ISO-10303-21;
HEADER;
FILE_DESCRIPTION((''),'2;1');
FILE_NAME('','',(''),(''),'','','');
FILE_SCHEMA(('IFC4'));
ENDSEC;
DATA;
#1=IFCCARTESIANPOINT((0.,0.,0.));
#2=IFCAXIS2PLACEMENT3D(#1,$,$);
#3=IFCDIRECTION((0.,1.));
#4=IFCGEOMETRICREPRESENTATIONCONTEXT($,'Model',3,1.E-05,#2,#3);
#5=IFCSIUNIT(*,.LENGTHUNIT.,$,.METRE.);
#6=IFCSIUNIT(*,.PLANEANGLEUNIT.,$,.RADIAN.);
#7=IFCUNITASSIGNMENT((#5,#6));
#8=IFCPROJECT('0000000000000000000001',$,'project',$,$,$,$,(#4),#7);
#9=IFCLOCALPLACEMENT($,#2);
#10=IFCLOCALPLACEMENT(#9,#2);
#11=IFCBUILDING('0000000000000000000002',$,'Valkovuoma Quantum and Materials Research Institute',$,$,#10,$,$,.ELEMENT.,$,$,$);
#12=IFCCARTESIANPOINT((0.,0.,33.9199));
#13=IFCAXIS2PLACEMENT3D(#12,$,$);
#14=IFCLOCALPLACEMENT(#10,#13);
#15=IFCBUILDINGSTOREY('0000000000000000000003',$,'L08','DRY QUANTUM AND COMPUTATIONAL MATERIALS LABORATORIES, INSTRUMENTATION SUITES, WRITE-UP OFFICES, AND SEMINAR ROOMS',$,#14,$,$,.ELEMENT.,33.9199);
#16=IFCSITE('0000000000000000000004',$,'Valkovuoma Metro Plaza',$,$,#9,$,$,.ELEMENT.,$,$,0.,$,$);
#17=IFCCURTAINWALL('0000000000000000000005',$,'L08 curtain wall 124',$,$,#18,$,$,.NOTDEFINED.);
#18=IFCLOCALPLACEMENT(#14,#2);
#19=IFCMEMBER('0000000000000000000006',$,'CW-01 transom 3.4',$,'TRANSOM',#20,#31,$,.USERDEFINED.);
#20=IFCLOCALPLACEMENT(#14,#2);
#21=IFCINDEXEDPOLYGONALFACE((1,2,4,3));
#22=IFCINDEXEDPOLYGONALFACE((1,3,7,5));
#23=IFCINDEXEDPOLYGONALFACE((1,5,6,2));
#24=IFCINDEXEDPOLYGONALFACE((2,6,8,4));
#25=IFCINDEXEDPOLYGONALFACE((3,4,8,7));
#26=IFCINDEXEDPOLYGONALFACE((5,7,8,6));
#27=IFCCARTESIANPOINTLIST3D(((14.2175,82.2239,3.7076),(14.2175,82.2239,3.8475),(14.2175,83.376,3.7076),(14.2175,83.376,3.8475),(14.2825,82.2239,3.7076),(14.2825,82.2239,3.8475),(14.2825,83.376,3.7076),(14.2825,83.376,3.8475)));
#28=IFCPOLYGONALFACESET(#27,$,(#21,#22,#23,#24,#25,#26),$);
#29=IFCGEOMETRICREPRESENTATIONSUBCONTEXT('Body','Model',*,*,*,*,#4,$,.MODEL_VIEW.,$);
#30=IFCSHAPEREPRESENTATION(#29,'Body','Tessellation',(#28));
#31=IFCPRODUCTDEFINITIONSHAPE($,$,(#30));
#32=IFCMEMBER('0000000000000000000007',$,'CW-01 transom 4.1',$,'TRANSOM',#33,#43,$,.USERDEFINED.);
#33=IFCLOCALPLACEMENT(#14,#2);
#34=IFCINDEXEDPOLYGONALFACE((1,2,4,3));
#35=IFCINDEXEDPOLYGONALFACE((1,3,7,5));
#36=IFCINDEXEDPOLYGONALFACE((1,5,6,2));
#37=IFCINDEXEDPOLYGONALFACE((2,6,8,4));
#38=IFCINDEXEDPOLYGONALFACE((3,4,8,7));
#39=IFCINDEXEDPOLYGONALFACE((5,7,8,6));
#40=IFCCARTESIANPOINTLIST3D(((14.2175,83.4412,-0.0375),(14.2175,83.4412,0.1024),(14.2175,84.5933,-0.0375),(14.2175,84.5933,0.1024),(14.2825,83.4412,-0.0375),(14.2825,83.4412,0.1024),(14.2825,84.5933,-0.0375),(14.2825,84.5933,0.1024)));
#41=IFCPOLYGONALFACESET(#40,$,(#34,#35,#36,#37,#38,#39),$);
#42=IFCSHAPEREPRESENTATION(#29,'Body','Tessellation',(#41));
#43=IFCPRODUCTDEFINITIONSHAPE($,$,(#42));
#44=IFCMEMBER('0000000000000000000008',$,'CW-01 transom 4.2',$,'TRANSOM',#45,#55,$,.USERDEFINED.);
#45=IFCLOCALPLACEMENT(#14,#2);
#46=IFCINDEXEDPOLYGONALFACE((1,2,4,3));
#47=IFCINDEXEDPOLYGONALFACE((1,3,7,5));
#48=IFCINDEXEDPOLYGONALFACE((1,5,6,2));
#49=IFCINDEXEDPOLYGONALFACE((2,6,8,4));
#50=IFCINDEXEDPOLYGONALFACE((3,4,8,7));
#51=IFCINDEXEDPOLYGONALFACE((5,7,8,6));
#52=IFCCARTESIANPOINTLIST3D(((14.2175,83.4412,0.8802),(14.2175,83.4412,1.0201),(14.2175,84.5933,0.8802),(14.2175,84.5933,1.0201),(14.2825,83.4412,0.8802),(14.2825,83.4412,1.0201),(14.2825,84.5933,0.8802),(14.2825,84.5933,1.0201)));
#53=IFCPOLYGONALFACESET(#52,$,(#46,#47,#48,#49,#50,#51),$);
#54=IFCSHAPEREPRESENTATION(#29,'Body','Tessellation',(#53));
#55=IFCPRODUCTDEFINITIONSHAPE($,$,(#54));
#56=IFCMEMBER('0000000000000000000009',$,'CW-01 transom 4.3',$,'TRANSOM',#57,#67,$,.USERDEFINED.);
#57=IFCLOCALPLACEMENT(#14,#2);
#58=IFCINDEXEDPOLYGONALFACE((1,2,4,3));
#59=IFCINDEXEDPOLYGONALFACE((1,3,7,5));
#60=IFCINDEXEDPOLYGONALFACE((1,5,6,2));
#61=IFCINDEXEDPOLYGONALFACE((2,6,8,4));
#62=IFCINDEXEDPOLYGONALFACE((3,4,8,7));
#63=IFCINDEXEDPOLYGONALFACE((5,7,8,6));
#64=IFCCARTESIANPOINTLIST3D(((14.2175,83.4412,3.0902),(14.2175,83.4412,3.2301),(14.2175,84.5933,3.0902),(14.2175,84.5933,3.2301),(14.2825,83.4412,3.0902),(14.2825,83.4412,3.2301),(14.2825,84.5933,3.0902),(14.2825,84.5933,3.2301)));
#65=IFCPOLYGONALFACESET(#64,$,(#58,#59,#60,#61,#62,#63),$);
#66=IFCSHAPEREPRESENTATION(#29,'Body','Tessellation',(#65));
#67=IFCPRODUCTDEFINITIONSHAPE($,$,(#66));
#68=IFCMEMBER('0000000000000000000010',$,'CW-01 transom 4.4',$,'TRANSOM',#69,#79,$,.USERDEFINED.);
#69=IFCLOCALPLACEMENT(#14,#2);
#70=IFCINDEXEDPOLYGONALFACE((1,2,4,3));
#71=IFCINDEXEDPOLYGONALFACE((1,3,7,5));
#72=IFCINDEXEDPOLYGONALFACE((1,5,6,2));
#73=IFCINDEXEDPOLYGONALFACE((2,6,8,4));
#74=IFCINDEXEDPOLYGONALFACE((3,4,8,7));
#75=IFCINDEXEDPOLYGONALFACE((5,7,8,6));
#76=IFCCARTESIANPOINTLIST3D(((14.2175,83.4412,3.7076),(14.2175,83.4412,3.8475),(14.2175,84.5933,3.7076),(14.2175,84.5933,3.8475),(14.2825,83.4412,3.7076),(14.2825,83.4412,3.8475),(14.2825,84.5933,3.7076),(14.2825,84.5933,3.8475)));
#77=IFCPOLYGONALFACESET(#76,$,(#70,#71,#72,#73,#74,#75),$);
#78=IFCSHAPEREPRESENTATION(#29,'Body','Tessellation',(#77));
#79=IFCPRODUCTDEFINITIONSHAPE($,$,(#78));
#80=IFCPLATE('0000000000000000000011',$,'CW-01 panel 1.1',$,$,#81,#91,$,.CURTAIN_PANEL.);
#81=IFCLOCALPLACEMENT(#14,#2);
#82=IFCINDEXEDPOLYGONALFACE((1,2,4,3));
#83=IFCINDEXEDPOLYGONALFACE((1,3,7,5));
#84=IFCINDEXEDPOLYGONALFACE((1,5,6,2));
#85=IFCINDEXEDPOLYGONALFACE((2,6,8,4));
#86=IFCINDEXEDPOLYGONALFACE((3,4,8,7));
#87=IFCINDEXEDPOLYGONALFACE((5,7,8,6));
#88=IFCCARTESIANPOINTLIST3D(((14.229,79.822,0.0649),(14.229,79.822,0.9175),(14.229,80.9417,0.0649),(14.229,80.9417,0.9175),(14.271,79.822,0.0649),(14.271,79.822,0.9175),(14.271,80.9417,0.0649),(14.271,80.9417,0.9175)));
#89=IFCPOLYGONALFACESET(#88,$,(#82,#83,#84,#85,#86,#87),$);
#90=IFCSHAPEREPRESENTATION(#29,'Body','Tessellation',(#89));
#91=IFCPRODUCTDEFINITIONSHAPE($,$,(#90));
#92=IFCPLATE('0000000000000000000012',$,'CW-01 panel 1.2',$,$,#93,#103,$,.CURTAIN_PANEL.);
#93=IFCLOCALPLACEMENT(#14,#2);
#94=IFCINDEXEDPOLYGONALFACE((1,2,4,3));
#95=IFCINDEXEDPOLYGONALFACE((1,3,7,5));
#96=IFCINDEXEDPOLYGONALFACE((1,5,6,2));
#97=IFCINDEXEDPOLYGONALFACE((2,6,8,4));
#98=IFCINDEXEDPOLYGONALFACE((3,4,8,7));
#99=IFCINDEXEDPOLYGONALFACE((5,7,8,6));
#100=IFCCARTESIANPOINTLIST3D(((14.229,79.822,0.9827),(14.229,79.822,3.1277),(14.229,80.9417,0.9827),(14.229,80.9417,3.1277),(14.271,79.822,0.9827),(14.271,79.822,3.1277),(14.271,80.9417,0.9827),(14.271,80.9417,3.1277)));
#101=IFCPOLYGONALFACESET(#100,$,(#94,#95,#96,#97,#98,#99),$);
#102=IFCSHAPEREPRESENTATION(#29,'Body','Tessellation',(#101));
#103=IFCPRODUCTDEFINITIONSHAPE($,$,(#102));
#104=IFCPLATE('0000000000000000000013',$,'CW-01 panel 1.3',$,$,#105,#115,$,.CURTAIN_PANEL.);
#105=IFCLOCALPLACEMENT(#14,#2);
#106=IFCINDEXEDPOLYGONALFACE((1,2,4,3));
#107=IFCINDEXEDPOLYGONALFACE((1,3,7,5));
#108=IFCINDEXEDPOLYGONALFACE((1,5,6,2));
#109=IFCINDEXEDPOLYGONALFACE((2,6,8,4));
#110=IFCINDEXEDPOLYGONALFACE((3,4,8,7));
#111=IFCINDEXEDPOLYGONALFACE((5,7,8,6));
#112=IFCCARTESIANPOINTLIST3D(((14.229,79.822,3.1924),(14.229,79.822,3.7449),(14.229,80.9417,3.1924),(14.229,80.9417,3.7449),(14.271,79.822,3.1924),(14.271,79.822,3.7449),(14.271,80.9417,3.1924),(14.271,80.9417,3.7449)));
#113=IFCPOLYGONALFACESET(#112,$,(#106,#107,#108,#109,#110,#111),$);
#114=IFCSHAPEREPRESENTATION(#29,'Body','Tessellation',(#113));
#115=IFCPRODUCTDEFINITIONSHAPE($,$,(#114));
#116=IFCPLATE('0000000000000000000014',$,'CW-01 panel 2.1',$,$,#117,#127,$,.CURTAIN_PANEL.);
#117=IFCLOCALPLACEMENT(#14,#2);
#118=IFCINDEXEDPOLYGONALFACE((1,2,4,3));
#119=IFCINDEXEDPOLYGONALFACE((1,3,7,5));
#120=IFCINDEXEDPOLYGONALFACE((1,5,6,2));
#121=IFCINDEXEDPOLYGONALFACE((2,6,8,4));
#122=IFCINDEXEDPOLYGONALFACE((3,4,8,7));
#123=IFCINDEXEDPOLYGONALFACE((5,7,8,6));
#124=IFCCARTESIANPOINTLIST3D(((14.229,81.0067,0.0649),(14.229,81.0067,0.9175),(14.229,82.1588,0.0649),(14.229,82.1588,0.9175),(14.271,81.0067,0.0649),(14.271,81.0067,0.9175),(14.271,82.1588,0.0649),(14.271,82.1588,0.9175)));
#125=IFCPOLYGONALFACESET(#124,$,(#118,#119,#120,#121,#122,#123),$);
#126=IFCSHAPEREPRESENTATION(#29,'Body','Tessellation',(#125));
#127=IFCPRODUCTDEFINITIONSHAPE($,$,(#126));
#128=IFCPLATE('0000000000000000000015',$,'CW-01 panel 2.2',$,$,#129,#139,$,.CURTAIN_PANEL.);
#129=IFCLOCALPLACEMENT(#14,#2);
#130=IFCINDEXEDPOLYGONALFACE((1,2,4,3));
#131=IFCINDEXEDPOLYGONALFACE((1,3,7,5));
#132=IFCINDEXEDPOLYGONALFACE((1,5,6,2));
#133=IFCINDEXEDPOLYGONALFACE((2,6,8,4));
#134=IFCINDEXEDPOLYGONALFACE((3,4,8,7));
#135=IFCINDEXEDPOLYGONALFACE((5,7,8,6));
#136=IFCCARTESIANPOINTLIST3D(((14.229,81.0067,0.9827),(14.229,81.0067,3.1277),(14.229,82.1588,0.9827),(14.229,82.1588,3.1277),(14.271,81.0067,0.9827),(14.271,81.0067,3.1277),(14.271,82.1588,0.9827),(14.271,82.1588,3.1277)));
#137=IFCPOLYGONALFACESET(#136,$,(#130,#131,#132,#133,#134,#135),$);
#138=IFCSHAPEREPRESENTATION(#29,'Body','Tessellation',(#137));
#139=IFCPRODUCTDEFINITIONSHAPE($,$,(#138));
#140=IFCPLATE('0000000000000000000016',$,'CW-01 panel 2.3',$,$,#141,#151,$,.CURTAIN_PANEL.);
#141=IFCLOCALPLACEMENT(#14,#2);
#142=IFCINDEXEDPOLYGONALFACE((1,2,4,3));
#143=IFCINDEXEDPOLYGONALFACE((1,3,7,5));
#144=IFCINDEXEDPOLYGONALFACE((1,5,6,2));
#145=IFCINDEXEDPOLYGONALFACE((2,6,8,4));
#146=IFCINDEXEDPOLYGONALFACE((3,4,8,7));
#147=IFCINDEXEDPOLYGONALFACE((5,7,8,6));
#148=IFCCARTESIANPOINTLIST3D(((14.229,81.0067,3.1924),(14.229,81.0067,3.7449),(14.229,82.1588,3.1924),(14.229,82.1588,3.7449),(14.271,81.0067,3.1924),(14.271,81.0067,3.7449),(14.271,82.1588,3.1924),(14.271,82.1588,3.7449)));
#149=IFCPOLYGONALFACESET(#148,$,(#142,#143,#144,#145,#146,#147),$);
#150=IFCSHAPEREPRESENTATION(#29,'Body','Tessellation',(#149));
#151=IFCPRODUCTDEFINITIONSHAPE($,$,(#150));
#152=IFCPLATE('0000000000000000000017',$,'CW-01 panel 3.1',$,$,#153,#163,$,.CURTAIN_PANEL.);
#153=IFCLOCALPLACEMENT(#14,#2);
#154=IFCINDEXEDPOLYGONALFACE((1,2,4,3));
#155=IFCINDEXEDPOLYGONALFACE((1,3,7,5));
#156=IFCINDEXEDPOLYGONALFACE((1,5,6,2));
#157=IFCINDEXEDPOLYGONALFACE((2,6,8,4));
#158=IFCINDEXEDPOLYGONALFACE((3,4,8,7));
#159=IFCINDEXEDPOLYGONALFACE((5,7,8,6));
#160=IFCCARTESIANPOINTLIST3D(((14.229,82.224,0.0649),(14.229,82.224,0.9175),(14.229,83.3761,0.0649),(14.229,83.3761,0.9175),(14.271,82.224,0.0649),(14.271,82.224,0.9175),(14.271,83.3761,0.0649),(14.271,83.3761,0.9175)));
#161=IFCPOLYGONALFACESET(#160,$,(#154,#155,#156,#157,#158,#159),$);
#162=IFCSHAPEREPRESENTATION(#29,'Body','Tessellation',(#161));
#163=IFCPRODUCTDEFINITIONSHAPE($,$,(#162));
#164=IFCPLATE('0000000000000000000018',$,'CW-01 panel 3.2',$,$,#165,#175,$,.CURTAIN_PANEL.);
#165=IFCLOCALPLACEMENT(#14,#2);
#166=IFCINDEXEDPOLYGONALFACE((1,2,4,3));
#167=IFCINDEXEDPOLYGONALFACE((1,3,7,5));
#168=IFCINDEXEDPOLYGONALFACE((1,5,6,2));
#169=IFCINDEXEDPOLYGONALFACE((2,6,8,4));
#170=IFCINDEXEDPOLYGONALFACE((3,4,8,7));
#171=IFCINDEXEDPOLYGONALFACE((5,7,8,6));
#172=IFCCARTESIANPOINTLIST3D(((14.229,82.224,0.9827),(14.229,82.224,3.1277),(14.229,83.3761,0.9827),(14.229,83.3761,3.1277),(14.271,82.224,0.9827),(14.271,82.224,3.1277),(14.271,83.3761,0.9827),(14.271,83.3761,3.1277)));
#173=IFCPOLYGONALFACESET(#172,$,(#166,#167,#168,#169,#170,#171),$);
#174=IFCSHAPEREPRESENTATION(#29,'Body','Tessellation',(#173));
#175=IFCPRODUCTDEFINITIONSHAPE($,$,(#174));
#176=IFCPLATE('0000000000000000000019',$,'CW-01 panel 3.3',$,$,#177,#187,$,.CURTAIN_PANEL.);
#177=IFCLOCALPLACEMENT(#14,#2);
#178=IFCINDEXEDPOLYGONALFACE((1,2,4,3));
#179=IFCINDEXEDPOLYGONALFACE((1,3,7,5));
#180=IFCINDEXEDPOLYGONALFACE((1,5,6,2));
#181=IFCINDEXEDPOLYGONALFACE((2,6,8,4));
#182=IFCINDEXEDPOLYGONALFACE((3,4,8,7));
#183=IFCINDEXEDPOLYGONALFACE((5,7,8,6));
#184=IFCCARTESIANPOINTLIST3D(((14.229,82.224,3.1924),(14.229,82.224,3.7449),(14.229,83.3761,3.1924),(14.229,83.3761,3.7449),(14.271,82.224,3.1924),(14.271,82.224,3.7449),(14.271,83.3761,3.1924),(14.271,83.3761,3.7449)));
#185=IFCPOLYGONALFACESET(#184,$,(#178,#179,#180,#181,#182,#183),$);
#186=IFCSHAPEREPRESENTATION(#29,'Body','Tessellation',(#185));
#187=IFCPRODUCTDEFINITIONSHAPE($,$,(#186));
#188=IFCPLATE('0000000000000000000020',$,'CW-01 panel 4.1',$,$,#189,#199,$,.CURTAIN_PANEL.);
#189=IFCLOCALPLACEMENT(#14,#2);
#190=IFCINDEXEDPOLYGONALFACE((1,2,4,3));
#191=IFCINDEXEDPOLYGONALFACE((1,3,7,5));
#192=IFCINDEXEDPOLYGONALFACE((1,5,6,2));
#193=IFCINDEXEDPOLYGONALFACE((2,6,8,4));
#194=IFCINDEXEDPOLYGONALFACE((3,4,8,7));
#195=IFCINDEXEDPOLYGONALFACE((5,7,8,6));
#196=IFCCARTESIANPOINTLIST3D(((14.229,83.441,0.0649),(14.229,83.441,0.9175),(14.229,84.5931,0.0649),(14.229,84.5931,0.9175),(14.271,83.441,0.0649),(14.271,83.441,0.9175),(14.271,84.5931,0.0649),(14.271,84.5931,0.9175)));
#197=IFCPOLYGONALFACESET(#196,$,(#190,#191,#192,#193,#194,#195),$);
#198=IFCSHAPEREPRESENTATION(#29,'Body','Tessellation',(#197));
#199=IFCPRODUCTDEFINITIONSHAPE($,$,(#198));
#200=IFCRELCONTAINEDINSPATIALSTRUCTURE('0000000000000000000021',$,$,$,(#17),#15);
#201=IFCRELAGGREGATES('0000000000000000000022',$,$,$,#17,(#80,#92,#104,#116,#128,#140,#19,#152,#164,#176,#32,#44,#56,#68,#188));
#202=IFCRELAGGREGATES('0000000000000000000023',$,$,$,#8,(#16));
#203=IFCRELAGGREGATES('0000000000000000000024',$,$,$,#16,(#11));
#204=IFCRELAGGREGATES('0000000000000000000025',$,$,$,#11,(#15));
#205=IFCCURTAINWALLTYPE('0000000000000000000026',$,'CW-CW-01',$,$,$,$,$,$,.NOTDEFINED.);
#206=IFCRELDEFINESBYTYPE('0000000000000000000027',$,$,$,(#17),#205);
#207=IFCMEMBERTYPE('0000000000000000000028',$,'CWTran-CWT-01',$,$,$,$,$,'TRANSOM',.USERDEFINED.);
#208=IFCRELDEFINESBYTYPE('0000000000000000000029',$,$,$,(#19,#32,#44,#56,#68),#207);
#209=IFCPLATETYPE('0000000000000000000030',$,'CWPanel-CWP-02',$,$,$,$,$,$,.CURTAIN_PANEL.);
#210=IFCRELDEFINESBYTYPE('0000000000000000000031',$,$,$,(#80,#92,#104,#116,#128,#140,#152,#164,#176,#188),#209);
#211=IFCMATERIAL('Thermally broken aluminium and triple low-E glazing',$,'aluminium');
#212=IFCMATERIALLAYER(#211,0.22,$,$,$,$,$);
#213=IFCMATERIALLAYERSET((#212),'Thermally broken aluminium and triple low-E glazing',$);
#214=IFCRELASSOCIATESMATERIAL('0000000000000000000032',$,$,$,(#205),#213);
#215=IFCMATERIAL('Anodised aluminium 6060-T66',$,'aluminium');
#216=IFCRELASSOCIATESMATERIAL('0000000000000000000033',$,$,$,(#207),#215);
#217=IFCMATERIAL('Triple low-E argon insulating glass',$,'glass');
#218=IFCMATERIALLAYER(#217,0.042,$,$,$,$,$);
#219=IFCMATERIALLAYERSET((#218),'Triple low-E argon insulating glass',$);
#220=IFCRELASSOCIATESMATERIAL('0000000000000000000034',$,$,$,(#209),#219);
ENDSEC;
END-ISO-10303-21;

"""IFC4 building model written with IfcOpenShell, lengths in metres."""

from ifc_helpers import new_model, si_unit, direction, frame, origin, origin_2d, place, context, subcontext, project, spatial, rectangle, extrude, material, layer, layer_set, material_profile, profile_set, type_object, element, aggregate, save


model = new_model("IFC4")

# Units and contexts
model_context = context("Model", 3, precision=1e-05, world=origin(), true_north=direction((0.0, 1.0)))
body_context = subcontext(model_context, "Body", "Model", "MODEL_VIEW")
ifc_project = project(units=[si_unit("LENGTHUNIT", "METRE"), si_unit("PLANEANGLEUNIT", "RADIAN")], contexts=[model_context])

# Site, building, storey
site_placement = place(None, origin())
site = spatial("IfcSite", under=ifc_project, at=site_placement, Name="Valkovuoma Metro Plaza", CompositionType="ELEMENT", RefElevation=0.0)
building_placement = place(site_placement, origin())
building = spatial("IfcBuilding", under=site, at=building_placement, Name="Valkovuoma Quantum and Materials Research Institute", CompositionType="ELEMENT")
storey_placement = place(building_placement, frame((0.0, 0.0, 33.9199)))
storey = spatial("IfcBuildingStorey", under=building, at=storey_placement, Name="L08", Description="DRY QUANTUM AND COMPUTATIONAL MATERIALS LABORATORIES, INSTRUMENTATION SUITES, WRITE-UP OFFICES, AND SEMINAR ROOMS", CompositionType="ELEMENT", Elevation=33.9199)

# Curtain wall, members, plates
ifc_material_1 = material(Name="Thermally broken aluminium and triple low-E glazing", Category="aluminium")
ifc_layer_1 = layer(ifc_material_1, 0.22)
ifc_layer_set_1 = layer_set([ifc_layer_1], Name="Thermally broken aluminium and triple low-E glazing")
curtain_wall_type = type_object("IfcCurtainWallType", Name="CW-CW-01", PredefinedType="NOTDEFINED", material=ifc_layer_set_1)
curtain_wall_placement = place(storey_placement, origin())
curtain_wall = element("IfcCurtainWall", 1, at=curtain_wall_placement, inside=storey, type_object=curtain_wall_type, Name="L08 curtain wall 124", PredefinedType="NOTDEFINED")
ifc_material_2 = material(Name="Anodised aluminium 6060-T66", Category="aluminium")
ifc_material_profile_1 = material_profile(ifc_material_2, rectangle(XDim=0.0649, YDim=0.1399, at=origin_2d()), Name="Anodised aluminium 6060-T66")
ifc_profile_set_1 = profile_set([ifc_material_profile_1], Name="Anodised aluminium 6060-T66")
member_type_1 = type_object("IfcMemberType", Name="CWTran-CWT-01", ElementType="TRANSOM", PredefinedType="USERDEFINED", material=ifc_profile_set_1)
member_1_placement = place(storey_placement, frame((14.25, 82.2239, 3.7776), z_axis=(0.0, 1.0, 0.0), x_axis=(-1.0, 0.0, 0.0)))
member_1 = element("IfcMember", 2, at=member_1_placement, type_object=member_type_1, Name="CW-01 transom 3.4", ObjectType="TRANSOM", PredefinedType="USERDEFINED", context=body_context, shape_type="SweptSolid", body=[
    extrude(rectangle(XDim=0.0649, YDim=0.1399, at=origin_2d()), origin(), (0.0, 0.0, 1.0), 1.1521),
])
member_2_placement = place(storey_placement, frame((14.25, 83.4412, 0.0325), z_axis=(0.0, 1.0, 0.0), x_axis=(-1.0, 0.0, 0.0)))
member_2 = element("IfcMember", 3, at=member_2_placement, type_object=member_type_1, Name="CW-01 transom 4.1", ObjectType="TRANSOM", PredefinedType="USERDEFINED", context=body_context, shape_type="SweptSolid", body=[
    extrude(rectangle(XDim=0.0649, YDim=0.1399, at=origin_2d()), origin(), (0.0, 0.0, 1.0), 1.1521),
])
member_3_placement = place(storey_placement, frame((14.25, 83.4412, 0.9502), z_axis=(0.0, 1.0, 0.0), x_axis=(-1.0, 0.0, 0.0)))
member_3 = element("IfcMember", 4, at=member_3_placement, type_object=member_type_1, Name="CW-01 transom 4.2", ObjectType="TRANSOM", PredefinedType="USERDEFINED", context=body_context, shape_type="SweptSolid", body=[
    extrude(rectangle(XDim=0.0649, YDim=0.1399, at=origin_2d()), origin(), (0.0, 0.0, 1.0), 1.1521),
])
member_4_placement = place(storey_placement, frame((14.25, 83.4412, 3.1602), z_axis=(0.0, 1.0, 0.0), x_axis=(-1.0, 0.0, 0.0)))
member_4 = element("IfcMember", 5, at=member_4_placement, type_object=member_type_1, Name="CW-01 transom 4.3", ObjectType="TRANSOM", PredefinedType="USERDEFINED", context=body_context, shape_type="SweptSolid", body=[
    extrude(rectangle(XDim=0.0649, YDim=0.1399, at=origin_2d()), origin(), (0.0, 0.0, 1.0), 1.1521),
])
member_5_placement = place(storey_placement, frame((14.25, 83.4412, 3.7776), z_axis=(0.0, 1.0, 0.0), x_axis=(-1.0, 0.0, 0.0)))
member_5 = element("IfcMember", 6, at=member_5_placement, type_object=member_type_1, Name="CW-01 transom 4.4", ObjectType="TRANSOM", PredefinedType="USERDEFINED", context=body_context, shape_type="SweptSolid", body=[
    extrude(rectangle(XDim=0.0649, YDim=0.1399, at=origin_2d()), origin(), (0.0, 0.0, 1.0), 1.1521),
])
ifc_material_3 = material(Name="Triple low-E argon insulating glass", Category="glass")
ifc_layer_2 = layer(ifc_material_3, 0.042)
ifc_layer_set_2 = layer_set([ifc_layer_2], Name="Triple low-E argon insulating glass")
plate_type = type_object("IfcPlateType", Name="CWPanel-CWP-02", PredefinedType="CURTAIN_PANEL", material=ifc_layer_set_2)
plate_1_placement = place(storey_placement, frame((14.25, 80.3818, 0.0649), z_axis=(0.0, 0.0, 1.0), x_axis=(0.0, 1.0, 0.0)))
plate_1 = element("IfcPlate", 7, at=plate_1_placement, type_object=plate_type, Name="CW-01 panel 1.1", PredefinedType="CURTAIN_PANEL", context=body_context, shape_type="SweptSolid", body=[
    extrude(rectangle(XDim=1.1196, YDim=0.042, at=origin_2d()), origin(), (0.0, 0.0, 1.0), 0.8525),
])
plate_2_placement = place(storey_placement, frame((14.25, 80.3818, 0.9827), z_axis=(0.0, 0.0, 1.0), x_axis=(0.0, 1.0, 0.0)))
plate_2 = element("IfcPlate", 8, at=plate_2_placement, type_object=plate_type, Name="CW-01 panel 1.2", PredefinedType="CURTAIN_PANEL", context=body_context, shape_type="SweptSolid", body=[
    extrude(rectangle(XDim=1.1196, YDim=0.042, at=origin_2d()), origin(), (0.0, 0.0, 1.0), 2.145),
])
plate_3_placement = place(storey_placement, frame((14.25, 80.3818, 3.1924), z_axis=(0.0, 0.0, 1.0), x_axis=(0.0, 1.0, 0.0)))
plate_3 = element("IfcPlate", 9, at=plate_3_placement, type_object=plate_type, Name="CW-01 panel 1.3", PredefinedType="CURTAIN_PANEL", context=body_context, shape_type="SweptSolid", body=[
    extrude(rectangle(XDim=1.1196, YDim=0.042, at=origin_2d()), origin(), (0.0, 0.0, 1.0), 0.5525),
])
plate_4_placement = place(storey_placement, frame((14.25, 81.5828, 0.0649), z_axis=(0.0, 0.0, 1.0), x_axis=(0.0, 1.0, 0.0)))
plate_4 = element("IfcPlate", 10, at=plate_4_placement, type_object=plate_type, Name="CW-01 panel 2.1", PredefinedType="CURTAIN_PANEL", context=body_context, shape_type="SweptSolid", body=[
    extrude(rectangle(XDim=1.1521, YDim=0.042, at=origin_2d()), origin(), (0.0, 0.0, 1.0), 0.8525),
])
plate_5_placement = place(storey_placement, frame((14.25, 81.5828, 0.9827), z_axis=(0.0, 0.0, 1.0), x_axis=(0.0, 1.0, 0.0)))
plate_5 = element("IfcPlate", 11, at=plate_5_placement, type_object=plate_type, Name="CW-01 panel 2.2", PredefinedType="CURTAIN_PANEL", context=body_context, shape_type="SweptSolid", body=[
    extrude(rectangle(XDim=1.1521, YDim=0.042, at=origin_2d()), origin(), (0.0, 0.0, 1.0), 2.145),
])
plate_6_placement = place(storey_placement, frame((14.25, 81.5828, 3.1924), z_axis=(0.0, 0.0, 1.0), x_axis=(0.0, 1.0, 0.0)))
plate_6 = element("IfcPlate", 12, at=plate_6_placement, type_object=plate_type, Name="CW-01 panel 2.3", PredefinedType="CURTAIN_PANEL", context=body_context, shape_type="SweptSolid", body=[
    extrude(rectangle(XDim=1.1521, YDim=0.042, at=origin_2d()), origin(), (0.0, 0.0, 1.0), 0.5525),
])
plate_7_placement = place(storey_placement, frame((14.25, 82.8, 0.0649), z_axis=(0.0, 0.0, 1.0), x_axis=(0.0, 1.0, 0.0)))
plate_7 = element("IfcPlate", 13, at=plate_7_placement, type_object=plate_type, Name="CW-01 panel 3.1", PredefinedType="CURTAIN_PANEL", context=body_context, shape_type="SweptSolid", body=[
    extrude(rectangle(XDim=1.1521, YDim=0.042, at=origin_2d()), origin(), (0.0, 0.0, 1.0), 0.8525),
])
plate_8_placement = place(storey_placement, frame((14.25, 82.8, 0.9827), z_axis=(0.0, 0.0, 1.0), x_axis=(0.0, 1.0, 0.0)))
plate_8 = element("IfcPlate", 14, at=plate_8_placement, type_object=plate_type, Name="CW-01 panel 3.2", PredefinedType="CURTAIN_PANEL", context=body_context, shape_type="SweptSolid", body=[
    extrude(rectangle(XDim=1.1521, YDim=0.042, at=origin_2d()), origin(), (0.0, 0.0, 1.0), 2.145),
])
plate_9_placement = place(storey_placement, frame((14.25, 82.8, 3.1924), z_axis=(0.0, 0.0, 1.0), x_axis=(0.0, 1.0, 0.0)))
plate_9 = element("IfcPlate", 15, at=plate_9_placement, type_object=plate_type, Name="CW-01 panel 3.3", PredefinedType="CURTAIN_PANEL", context=body_context, shape_type="SweptSolid", body=[
    extrude(rectangle(XDim=1.1521, YDim=0.042, at=origin_2d()), origin(), (0.0, 0.0, 1.0), 0.5525),
])
plate_10_placement = place(storey_placement, frame((14.25, 84.0171, 0.0649), z_axis=(0.0, 0.0, 1.0), x_axis=(0.0, 1.0, 0.0)))
plate_10 = element("IfcPlate", 16, at=plate_10_placement, type_object=plate_type, Name="CW-01 panel 4.1", PredefinedType="CURTAIN_PANEL", context=body_context, shape_type="SweptSolid", body=[
    extrude(rectangle(XDim=1.1521, YDim=0.042, at=origin_2d()), origin(), (0.0, 0.0, 1.0), 0.8525),
])
aggregate(curtain_wall, [plate_1, plate_2, plate_3, plate_4, plate_5, plate_6, member_1, plate_7, plate_8, plate_9, member_2, member_3, member_4, member_5, plate_10])

save(model, "model.ifc")
